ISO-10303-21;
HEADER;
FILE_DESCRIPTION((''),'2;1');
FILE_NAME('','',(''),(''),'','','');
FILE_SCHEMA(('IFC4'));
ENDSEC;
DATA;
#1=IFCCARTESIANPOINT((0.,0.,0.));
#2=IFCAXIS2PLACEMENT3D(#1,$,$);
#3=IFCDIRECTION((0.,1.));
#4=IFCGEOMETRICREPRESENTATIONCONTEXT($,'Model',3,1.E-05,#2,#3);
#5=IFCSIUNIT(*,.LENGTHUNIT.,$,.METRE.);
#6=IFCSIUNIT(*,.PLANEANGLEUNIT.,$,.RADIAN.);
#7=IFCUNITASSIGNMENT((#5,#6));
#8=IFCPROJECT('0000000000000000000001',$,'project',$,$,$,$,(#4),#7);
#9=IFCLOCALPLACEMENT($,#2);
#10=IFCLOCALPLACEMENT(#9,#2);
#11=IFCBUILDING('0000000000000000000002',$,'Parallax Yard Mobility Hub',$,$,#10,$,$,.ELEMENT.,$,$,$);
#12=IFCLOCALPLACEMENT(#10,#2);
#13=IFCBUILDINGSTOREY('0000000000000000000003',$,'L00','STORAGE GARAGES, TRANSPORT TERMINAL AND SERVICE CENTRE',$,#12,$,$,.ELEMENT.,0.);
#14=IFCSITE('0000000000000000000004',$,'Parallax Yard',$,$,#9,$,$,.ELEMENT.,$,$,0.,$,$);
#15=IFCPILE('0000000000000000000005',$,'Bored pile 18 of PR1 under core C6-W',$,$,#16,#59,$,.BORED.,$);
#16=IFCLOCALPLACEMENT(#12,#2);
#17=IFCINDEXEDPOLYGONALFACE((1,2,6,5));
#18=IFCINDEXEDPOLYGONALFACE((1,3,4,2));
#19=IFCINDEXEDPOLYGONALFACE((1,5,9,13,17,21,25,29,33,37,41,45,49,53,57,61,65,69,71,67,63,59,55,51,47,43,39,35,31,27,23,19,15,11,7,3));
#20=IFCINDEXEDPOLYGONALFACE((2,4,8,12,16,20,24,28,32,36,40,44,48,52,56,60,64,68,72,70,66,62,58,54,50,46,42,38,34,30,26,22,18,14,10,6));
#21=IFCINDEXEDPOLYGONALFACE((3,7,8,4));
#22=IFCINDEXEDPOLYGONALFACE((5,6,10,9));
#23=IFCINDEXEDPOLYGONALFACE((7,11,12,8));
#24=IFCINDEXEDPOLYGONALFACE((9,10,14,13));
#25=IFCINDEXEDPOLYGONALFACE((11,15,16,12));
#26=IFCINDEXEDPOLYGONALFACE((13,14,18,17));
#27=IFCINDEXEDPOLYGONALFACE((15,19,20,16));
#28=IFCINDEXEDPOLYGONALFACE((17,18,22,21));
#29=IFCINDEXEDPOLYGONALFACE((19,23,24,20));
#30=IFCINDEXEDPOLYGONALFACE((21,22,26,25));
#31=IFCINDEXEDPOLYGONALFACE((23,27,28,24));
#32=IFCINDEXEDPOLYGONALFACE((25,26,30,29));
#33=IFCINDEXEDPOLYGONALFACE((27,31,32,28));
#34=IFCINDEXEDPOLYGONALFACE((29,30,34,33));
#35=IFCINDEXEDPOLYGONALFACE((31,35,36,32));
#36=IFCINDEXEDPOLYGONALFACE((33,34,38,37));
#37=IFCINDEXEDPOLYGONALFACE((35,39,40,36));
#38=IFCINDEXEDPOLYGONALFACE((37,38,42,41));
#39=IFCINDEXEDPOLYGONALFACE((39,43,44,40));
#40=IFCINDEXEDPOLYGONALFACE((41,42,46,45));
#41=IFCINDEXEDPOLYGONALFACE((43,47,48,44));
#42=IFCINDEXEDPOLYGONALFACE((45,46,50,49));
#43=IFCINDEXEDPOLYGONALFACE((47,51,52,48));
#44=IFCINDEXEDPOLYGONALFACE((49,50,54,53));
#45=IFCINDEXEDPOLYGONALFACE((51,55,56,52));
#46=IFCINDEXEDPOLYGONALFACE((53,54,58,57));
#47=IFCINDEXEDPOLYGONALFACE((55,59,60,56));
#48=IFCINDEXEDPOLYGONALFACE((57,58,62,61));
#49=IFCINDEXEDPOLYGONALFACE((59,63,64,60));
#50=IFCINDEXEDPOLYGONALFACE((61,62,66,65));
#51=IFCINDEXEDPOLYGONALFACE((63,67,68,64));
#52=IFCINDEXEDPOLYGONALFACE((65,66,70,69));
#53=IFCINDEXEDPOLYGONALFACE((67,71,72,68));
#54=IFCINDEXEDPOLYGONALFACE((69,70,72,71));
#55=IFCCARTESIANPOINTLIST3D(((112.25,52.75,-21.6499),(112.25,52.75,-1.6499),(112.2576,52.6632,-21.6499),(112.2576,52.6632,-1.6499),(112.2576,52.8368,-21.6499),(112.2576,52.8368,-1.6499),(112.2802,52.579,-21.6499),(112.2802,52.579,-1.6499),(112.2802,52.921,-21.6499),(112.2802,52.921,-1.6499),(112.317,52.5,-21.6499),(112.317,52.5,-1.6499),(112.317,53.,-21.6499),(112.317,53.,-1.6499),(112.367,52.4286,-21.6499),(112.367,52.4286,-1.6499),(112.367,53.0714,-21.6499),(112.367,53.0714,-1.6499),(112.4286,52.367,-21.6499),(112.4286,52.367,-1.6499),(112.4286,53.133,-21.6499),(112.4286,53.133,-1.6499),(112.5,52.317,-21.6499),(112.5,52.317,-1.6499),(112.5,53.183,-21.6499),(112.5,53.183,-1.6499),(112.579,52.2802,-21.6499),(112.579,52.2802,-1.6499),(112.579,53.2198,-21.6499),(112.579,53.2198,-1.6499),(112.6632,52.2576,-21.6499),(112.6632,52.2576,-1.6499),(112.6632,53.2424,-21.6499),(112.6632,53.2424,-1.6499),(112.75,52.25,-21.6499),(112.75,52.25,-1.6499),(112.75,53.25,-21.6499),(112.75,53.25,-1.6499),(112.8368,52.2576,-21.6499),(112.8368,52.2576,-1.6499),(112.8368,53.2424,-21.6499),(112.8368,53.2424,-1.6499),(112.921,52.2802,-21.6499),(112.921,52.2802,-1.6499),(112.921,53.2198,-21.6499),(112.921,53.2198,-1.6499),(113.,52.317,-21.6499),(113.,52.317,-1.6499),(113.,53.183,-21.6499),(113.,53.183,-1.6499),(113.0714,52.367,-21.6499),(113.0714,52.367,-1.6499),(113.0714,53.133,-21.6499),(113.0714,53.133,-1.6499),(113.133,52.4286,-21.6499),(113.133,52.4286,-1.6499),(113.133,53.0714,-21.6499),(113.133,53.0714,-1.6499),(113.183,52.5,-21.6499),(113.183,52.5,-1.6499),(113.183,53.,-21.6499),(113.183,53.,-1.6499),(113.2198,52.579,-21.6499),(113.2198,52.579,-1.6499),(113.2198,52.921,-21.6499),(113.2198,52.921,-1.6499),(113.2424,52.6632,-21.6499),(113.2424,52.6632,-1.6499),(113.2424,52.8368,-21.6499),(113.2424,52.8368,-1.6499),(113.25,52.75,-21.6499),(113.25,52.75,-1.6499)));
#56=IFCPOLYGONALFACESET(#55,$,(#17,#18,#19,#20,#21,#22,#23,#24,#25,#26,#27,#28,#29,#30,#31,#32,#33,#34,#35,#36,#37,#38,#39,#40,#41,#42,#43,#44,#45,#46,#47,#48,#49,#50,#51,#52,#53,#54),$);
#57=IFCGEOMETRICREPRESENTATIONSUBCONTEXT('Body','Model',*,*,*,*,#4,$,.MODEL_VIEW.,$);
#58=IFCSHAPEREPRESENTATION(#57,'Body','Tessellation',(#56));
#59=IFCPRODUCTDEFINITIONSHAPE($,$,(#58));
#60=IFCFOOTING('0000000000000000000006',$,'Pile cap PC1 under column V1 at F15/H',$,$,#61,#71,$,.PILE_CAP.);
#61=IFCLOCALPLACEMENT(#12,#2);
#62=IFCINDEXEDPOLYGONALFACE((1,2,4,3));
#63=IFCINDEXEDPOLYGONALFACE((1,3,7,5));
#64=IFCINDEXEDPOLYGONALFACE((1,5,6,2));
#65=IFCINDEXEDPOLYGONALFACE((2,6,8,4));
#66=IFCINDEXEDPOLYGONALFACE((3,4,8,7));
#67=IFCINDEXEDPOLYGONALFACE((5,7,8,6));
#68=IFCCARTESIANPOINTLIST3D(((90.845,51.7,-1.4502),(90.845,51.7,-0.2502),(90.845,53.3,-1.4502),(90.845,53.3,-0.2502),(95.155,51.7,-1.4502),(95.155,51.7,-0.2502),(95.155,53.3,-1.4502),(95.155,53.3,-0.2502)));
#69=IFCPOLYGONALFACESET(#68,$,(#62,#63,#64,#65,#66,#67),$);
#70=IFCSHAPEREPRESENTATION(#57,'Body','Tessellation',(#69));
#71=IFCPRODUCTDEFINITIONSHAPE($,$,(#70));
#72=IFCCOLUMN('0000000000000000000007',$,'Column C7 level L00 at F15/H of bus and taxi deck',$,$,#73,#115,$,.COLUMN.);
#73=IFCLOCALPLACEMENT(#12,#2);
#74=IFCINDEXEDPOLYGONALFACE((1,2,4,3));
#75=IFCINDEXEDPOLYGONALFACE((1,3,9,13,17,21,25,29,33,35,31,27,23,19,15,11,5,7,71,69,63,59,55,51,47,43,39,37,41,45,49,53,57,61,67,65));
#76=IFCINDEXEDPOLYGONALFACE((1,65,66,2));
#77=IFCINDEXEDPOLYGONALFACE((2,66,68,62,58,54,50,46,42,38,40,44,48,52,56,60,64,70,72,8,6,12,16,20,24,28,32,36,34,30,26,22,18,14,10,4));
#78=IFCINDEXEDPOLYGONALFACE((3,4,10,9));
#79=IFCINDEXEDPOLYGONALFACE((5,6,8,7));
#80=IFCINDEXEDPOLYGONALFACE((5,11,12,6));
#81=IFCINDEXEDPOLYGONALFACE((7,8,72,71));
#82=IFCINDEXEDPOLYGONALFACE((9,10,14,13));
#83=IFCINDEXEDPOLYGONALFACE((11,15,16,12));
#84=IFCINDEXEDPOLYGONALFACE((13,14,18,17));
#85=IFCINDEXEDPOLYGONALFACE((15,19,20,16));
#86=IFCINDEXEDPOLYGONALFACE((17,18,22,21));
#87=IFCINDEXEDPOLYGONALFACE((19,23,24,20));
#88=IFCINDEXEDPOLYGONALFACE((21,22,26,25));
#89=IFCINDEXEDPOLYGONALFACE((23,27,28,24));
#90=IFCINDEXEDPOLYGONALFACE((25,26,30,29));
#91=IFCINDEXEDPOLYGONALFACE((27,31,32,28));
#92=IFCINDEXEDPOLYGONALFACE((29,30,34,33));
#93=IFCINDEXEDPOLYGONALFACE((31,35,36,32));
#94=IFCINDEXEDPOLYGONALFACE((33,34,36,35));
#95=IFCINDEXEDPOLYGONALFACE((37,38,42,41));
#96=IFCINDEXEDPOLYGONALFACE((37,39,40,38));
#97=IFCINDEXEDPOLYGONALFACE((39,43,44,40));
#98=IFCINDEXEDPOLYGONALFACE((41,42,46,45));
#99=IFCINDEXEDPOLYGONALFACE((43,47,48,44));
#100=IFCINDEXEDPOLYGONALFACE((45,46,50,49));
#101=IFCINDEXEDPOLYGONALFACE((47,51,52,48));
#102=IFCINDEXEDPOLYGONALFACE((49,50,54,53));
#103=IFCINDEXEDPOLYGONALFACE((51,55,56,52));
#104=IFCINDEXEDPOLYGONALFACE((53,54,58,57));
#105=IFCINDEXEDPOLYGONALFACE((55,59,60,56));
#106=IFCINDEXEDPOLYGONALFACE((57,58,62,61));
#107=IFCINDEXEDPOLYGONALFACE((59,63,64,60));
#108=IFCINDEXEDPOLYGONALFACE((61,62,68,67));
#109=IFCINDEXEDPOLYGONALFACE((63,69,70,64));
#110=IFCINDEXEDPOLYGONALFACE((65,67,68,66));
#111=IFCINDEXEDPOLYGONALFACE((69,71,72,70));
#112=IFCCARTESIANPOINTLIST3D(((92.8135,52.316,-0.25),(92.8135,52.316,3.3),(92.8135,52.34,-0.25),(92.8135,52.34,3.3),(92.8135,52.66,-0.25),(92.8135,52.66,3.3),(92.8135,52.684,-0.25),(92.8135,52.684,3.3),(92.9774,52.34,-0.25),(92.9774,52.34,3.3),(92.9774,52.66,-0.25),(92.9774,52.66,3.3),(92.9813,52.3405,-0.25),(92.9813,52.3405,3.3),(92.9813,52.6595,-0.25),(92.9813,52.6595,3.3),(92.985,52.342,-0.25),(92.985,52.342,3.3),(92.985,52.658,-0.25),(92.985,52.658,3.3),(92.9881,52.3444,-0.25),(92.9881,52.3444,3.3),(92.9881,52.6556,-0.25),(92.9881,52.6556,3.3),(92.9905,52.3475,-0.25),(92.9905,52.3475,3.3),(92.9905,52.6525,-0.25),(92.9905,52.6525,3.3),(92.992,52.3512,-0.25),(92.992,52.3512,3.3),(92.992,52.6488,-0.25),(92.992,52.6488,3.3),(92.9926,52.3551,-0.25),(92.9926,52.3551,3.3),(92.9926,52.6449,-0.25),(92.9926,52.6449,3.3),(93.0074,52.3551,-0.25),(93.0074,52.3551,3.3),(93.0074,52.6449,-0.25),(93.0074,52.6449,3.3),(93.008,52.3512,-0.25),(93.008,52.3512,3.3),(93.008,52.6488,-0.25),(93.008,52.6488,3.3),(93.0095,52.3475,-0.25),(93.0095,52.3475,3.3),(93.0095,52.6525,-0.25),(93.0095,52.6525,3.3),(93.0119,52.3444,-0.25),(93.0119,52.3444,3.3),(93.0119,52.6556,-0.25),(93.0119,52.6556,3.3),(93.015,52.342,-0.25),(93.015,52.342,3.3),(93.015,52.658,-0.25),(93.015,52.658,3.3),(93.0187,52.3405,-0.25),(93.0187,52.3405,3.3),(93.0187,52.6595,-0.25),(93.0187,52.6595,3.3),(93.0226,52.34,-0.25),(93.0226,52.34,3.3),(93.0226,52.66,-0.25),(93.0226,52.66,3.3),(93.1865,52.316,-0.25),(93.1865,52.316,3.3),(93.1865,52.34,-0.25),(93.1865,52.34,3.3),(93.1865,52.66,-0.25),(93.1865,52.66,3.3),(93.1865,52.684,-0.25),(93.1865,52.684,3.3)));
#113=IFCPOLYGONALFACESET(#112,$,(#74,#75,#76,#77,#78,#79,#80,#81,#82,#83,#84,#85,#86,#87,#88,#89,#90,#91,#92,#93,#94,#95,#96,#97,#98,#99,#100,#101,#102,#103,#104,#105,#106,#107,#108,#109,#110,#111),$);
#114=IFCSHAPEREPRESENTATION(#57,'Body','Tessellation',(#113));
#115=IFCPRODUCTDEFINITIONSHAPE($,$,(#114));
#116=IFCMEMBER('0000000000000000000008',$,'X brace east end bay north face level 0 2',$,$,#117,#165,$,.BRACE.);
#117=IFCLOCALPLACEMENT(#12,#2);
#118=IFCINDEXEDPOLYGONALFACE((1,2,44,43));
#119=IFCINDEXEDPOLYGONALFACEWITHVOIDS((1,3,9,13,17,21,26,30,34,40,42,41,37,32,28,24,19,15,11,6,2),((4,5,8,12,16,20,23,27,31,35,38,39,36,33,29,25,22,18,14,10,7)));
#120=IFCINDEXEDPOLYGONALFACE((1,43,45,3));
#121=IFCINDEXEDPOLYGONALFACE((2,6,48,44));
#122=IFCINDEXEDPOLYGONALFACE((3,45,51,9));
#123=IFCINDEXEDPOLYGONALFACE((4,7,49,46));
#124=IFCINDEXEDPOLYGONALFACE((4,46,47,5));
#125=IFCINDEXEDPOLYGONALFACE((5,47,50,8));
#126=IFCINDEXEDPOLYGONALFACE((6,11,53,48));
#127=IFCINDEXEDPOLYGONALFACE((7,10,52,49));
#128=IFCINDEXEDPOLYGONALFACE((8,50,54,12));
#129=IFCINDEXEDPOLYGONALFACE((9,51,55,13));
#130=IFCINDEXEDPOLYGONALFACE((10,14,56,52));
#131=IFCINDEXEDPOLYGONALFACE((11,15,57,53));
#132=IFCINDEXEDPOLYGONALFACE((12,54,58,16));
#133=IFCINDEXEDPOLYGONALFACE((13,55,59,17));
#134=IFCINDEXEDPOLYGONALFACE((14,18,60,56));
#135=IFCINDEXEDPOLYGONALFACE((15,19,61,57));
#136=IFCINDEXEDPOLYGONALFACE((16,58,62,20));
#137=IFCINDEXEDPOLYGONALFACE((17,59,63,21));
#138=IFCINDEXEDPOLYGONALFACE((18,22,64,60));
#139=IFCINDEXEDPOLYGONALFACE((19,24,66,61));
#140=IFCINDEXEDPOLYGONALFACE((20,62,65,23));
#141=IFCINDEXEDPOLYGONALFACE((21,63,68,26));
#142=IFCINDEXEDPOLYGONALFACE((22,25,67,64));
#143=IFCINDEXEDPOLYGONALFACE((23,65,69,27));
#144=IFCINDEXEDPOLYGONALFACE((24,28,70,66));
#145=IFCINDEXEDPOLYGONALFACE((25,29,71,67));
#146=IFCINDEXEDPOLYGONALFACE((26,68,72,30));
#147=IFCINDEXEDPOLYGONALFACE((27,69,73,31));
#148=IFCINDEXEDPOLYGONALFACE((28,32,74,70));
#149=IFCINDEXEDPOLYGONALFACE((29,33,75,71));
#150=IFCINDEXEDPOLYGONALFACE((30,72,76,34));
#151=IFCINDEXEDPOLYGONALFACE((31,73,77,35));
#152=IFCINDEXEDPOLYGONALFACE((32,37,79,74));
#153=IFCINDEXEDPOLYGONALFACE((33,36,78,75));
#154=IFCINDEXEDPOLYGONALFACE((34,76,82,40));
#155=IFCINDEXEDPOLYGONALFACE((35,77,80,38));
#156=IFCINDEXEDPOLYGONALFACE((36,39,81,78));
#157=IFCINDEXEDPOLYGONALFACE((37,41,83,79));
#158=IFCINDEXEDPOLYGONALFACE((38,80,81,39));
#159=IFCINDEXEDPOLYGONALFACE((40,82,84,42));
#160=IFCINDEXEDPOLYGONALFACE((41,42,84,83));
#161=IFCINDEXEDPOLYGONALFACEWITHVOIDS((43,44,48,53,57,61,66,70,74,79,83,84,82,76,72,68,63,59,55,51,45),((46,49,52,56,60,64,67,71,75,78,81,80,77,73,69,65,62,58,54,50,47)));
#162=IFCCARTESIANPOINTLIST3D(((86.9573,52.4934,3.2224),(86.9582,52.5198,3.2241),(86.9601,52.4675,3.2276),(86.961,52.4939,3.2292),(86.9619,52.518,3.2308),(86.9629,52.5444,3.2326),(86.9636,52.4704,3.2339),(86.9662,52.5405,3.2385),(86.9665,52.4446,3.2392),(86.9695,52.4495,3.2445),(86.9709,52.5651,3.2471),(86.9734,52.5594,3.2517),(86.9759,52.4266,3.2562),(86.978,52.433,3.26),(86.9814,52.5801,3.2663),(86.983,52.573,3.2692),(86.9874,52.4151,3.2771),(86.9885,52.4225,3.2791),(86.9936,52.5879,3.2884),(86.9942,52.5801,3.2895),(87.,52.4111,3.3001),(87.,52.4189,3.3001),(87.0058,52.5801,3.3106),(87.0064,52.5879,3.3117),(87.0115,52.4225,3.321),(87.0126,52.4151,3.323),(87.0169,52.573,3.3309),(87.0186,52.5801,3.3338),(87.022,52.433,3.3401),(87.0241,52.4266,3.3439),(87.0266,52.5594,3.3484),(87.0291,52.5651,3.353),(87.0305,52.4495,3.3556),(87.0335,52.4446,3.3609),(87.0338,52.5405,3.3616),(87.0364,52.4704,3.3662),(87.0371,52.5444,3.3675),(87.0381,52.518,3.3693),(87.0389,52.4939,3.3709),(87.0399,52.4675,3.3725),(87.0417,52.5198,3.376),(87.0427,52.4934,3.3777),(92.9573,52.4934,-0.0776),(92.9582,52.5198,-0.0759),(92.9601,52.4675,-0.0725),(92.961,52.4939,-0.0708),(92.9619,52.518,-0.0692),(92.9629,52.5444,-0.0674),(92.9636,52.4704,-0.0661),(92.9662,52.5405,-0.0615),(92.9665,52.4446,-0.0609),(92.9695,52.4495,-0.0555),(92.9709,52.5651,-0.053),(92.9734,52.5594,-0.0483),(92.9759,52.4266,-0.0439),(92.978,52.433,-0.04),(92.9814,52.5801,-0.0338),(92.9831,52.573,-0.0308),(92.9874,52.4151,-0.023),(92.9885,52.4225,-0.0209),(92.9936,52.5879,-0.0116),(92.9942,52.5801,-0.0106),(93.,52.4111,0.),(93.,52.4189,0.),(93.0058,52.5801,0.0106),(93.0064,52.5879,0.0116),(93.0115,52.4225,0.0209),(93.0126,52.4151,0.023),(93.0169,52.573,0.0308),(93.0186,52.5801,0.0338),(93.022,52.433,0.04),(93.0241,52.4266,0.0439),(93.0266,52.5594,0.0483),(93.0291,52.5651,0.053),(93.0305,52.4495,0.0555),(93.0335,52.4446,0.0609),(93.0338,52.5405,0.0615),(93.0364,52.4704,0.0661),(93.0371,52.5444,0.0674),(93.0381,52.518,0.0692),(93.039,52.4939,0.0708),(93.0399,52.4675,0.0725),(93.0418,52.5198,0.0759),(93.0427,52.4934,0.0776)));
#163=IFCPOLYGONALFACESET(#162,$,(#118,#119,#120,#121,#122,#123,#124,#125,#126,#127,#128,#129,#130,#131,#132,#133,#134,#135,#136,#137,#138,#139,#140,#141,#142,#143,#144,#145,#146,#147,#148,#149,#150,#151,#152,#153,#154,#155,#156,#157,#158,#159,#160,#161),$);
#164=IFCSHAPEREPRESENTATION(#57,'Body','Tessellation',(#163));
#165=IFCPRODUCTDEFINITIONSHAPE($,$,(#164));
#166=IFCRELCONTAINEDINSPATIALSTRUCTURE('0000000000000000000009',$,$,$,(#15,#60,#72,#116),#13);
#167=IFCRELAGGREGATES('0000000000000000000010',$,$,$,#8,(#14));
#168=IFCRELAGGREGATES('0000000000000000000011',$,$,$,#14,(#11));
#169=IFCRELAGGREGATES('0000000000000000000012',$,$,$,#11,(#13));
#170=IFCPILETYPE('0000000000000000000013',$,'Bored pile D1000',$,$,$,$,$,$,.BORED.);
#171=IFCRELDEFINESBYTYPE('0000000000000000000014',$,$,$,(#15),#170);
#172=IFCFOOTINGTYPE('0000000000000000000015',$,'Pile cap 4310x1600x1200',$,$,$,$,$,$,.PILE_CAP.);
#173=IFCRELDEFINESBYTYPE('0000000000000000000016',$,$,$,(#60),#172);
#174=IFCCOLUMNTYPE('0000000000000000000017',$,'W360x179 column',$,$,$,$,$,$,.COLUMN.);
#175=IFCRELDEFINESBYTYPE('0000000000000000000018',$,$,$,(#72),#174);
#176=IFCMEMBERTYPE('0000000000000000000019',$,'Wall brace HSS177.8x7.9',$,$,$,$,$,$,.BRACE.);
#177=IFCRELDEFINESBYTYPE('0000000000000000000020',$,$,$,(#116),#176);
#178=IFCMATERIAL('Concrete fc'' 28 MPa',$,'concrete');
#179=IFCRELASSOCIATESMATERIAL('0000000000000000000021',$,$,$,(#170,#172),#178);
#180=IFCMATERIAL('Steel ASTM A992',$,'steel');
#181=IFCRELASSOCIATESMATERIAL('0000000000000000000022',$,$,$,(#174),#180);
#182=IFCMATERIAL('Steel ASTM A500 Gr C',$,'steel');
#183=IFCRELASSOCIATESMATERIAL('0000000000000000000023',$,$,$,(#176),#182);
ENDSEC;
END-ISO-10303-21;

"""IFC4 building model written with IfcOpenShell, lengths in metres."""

from ifc_helpers import new_model, si_unit, direction, frame, origin, origin_2d, place, context, subcontext, project, spatial, rectangle, circle, hollow_circle, i_section, extrude, material, material_profile, profile_set, type_object, element, save


model = new_model("IFC4")

# Units and contexts
model_context = context("Model", 3, precision=1e-05, world=origin(), true_north=direction((0.0, 1.0)))
body_context = subcontext(model_context, "Body", "Model", "MODEL_VIEW")
ifc_project = project(units=[si_unit("LENGTHUNIT", "METRE"), si_unit("PLANEANGLEUNIT", "RADIAN")], contexts=[model_context])

# Site, building, storey
site_placement = place(None, origin())
site = spatial("IfcSite", under=ifc_project, at=site_placement, Name="Parallax Yard", CompositionType="ELEMENT", RefElevation=0.0)
building_placement = place(site_placement, origin())
building = spatial("IfcBuilding", under=site, at=building_placement, Name="Parallax Yard Mobility Hub", CompositionType="ELEMENT")
storey_placement = place(building_placement, origin())
storey = spatial("IfcBuildingStorey", under=building, at=storey_placement, Name="L00", Description="STORAGE GARAGES, TRANSPORT TERMINAL AND SERVICE CENTRE", CompositionType="ELEMENT", Elevation=0.0)

# Pile
ifc_material_1 = material(Name="Concrete fc' 28 MPa", Category="concrete")
ifc_material_profile_1 = material_profile(ifc_material_1, circle(Radius=0.5, at=origin_2d()), Name="Bored pile D1000")
ifc_profile_set_1 = profile_set([ifc_material_profile_1], Name="Concrete fc' 28 MPa")
pile_type = type_object("IfcPileType", Name="Bored pile D1000", PredefinedType="BORED", material=ifc_profile_set_1)
for number, where, z_axis, x_axis, name in (
    (1, (112.75, 52.75, -1.6499), (0.0, 0.0, -1.0), (1.0, 0.0, 0.0), "Bored pile 18 of PR1 under core C6-W"),
):
    element("IfcPile", number, at=place(storey_placement, frame(where, z_axis=z_axis, x_axis=x_axis)), inside=storey, type_object=pile_type, Name=name, PredefinedType="BORED", context=body_context, shape_type="SweptSolid", body=[
        extrude(circle(Radius=0.5, at=origin_2d()), origin(), (0.0, 0.0, 1.0), 20.0),
    ])

# Footing
footing_type = type_object("IfcFootingType", Name="Pile cap 4310x1600x1200", PredefinedType="PILE_CAP", material=ifc_material_1)
footing_placement = place(storey_placement, frame((93.0, 52.5, -1.4502), z_axis=(0.0, 0.0, 1.0), x_axis=(1.0, 0.0, 0.0)))
element("IfcFooting", 2, at=footing_placement, inside=storey, type_object=footing_type, Name="Pile cap PC1 under column V1 at F15/H", PredefinedType="PILE_CAP", context=body_context, shape_type="SweptSolid", body=[
    extrude(rectangle(XDim=4.3101, YDim=1.6001, at=origin_2d()), origin(), (0.0, 0.0, 1.0), 1.2),
])

# Column
ifc_material_2 = material(Name="Steel ASTM A992", Category="steel")
ifc_material_profile_2 = material_profile(ifc_material_2, i_section(OverallWidth=0.373, OverallDepth=0.3679, WebThickness=0.0149, FlangeThickness=0.0239, FilletRadius=0.0151, at=origin_2d()), Name="W360x179")
ifc_profile_set_2 = profile_set([ifc_material_profile_2], Name="Steel ASTM A992")
column_type = type_object("IfcColumnType", Name="W360x179 column", PredefinedType="COLUMN", material=ifc_profile_set_2)
column_placement = place(storey_placement, frame((93.0, 52.5, -0.25), z_axis=(0.0, 0.0, 1.0), x_axis=(1.0, 0.0, 0.0)))
element("IfcColumn", 3, at=column_placement, inside=storey, type_object=column_type, Name="Column C7 level L00 at F15/H of bus and taxi deck", PredefinedType="COLUMN", context=body_context, shape_type="SweptSolid", body=[
    extrude(i_section(OverallWidth=0.373, OverallDepth=0.3679, WebThickness=0.0149, FlangeThickness=0.0239, FilletRadius=0.0151, at=origin_2d()), origin(), (0.0, 0.0, 1.0), 3.55),
])

# Member
ifc_material_3 = material(Name="Steel ASTM A500 Gr C", Category="steel")
ifc_material_profile_3 = material_profile(ifc_material_3, hollow_circle(Radius=0.0889, WallThickness=0.0078, at=origin_2d()), Name="HSS177.8x7.9")
ifc_profile_set_3 = profile_set([ifc_material_profile_3], Name="Steel ASTM A500 Gr C")
member_type = type_object("IfcMemberType", Name="Wall brace HSS177.8x7.9", PredefinedType="BRACE", material=ifc_profile_set_3)
member_placement = place(storey_placement, frame((93.0, 52.5, 0.0), z_axis=(-0.876213, 0.0, 0.481924), x_axis=(0.0, -1.0, 0.0)))
element("IfcMember", 4, at=member_placement, inside=storey, type_object=member_type, Name="X brace east end bay north face level 0 2", PredefinedType="BRACE", context=body_context, shape_type="SweptSolid", body=[
    extrude(hollow_circle(Radius=0.0889, WallThickness=0.0078, at=origin_2d()), origin(), (0.0, 0.0, 1.0), 6.8477),
])

save(model, "model.ifc")
